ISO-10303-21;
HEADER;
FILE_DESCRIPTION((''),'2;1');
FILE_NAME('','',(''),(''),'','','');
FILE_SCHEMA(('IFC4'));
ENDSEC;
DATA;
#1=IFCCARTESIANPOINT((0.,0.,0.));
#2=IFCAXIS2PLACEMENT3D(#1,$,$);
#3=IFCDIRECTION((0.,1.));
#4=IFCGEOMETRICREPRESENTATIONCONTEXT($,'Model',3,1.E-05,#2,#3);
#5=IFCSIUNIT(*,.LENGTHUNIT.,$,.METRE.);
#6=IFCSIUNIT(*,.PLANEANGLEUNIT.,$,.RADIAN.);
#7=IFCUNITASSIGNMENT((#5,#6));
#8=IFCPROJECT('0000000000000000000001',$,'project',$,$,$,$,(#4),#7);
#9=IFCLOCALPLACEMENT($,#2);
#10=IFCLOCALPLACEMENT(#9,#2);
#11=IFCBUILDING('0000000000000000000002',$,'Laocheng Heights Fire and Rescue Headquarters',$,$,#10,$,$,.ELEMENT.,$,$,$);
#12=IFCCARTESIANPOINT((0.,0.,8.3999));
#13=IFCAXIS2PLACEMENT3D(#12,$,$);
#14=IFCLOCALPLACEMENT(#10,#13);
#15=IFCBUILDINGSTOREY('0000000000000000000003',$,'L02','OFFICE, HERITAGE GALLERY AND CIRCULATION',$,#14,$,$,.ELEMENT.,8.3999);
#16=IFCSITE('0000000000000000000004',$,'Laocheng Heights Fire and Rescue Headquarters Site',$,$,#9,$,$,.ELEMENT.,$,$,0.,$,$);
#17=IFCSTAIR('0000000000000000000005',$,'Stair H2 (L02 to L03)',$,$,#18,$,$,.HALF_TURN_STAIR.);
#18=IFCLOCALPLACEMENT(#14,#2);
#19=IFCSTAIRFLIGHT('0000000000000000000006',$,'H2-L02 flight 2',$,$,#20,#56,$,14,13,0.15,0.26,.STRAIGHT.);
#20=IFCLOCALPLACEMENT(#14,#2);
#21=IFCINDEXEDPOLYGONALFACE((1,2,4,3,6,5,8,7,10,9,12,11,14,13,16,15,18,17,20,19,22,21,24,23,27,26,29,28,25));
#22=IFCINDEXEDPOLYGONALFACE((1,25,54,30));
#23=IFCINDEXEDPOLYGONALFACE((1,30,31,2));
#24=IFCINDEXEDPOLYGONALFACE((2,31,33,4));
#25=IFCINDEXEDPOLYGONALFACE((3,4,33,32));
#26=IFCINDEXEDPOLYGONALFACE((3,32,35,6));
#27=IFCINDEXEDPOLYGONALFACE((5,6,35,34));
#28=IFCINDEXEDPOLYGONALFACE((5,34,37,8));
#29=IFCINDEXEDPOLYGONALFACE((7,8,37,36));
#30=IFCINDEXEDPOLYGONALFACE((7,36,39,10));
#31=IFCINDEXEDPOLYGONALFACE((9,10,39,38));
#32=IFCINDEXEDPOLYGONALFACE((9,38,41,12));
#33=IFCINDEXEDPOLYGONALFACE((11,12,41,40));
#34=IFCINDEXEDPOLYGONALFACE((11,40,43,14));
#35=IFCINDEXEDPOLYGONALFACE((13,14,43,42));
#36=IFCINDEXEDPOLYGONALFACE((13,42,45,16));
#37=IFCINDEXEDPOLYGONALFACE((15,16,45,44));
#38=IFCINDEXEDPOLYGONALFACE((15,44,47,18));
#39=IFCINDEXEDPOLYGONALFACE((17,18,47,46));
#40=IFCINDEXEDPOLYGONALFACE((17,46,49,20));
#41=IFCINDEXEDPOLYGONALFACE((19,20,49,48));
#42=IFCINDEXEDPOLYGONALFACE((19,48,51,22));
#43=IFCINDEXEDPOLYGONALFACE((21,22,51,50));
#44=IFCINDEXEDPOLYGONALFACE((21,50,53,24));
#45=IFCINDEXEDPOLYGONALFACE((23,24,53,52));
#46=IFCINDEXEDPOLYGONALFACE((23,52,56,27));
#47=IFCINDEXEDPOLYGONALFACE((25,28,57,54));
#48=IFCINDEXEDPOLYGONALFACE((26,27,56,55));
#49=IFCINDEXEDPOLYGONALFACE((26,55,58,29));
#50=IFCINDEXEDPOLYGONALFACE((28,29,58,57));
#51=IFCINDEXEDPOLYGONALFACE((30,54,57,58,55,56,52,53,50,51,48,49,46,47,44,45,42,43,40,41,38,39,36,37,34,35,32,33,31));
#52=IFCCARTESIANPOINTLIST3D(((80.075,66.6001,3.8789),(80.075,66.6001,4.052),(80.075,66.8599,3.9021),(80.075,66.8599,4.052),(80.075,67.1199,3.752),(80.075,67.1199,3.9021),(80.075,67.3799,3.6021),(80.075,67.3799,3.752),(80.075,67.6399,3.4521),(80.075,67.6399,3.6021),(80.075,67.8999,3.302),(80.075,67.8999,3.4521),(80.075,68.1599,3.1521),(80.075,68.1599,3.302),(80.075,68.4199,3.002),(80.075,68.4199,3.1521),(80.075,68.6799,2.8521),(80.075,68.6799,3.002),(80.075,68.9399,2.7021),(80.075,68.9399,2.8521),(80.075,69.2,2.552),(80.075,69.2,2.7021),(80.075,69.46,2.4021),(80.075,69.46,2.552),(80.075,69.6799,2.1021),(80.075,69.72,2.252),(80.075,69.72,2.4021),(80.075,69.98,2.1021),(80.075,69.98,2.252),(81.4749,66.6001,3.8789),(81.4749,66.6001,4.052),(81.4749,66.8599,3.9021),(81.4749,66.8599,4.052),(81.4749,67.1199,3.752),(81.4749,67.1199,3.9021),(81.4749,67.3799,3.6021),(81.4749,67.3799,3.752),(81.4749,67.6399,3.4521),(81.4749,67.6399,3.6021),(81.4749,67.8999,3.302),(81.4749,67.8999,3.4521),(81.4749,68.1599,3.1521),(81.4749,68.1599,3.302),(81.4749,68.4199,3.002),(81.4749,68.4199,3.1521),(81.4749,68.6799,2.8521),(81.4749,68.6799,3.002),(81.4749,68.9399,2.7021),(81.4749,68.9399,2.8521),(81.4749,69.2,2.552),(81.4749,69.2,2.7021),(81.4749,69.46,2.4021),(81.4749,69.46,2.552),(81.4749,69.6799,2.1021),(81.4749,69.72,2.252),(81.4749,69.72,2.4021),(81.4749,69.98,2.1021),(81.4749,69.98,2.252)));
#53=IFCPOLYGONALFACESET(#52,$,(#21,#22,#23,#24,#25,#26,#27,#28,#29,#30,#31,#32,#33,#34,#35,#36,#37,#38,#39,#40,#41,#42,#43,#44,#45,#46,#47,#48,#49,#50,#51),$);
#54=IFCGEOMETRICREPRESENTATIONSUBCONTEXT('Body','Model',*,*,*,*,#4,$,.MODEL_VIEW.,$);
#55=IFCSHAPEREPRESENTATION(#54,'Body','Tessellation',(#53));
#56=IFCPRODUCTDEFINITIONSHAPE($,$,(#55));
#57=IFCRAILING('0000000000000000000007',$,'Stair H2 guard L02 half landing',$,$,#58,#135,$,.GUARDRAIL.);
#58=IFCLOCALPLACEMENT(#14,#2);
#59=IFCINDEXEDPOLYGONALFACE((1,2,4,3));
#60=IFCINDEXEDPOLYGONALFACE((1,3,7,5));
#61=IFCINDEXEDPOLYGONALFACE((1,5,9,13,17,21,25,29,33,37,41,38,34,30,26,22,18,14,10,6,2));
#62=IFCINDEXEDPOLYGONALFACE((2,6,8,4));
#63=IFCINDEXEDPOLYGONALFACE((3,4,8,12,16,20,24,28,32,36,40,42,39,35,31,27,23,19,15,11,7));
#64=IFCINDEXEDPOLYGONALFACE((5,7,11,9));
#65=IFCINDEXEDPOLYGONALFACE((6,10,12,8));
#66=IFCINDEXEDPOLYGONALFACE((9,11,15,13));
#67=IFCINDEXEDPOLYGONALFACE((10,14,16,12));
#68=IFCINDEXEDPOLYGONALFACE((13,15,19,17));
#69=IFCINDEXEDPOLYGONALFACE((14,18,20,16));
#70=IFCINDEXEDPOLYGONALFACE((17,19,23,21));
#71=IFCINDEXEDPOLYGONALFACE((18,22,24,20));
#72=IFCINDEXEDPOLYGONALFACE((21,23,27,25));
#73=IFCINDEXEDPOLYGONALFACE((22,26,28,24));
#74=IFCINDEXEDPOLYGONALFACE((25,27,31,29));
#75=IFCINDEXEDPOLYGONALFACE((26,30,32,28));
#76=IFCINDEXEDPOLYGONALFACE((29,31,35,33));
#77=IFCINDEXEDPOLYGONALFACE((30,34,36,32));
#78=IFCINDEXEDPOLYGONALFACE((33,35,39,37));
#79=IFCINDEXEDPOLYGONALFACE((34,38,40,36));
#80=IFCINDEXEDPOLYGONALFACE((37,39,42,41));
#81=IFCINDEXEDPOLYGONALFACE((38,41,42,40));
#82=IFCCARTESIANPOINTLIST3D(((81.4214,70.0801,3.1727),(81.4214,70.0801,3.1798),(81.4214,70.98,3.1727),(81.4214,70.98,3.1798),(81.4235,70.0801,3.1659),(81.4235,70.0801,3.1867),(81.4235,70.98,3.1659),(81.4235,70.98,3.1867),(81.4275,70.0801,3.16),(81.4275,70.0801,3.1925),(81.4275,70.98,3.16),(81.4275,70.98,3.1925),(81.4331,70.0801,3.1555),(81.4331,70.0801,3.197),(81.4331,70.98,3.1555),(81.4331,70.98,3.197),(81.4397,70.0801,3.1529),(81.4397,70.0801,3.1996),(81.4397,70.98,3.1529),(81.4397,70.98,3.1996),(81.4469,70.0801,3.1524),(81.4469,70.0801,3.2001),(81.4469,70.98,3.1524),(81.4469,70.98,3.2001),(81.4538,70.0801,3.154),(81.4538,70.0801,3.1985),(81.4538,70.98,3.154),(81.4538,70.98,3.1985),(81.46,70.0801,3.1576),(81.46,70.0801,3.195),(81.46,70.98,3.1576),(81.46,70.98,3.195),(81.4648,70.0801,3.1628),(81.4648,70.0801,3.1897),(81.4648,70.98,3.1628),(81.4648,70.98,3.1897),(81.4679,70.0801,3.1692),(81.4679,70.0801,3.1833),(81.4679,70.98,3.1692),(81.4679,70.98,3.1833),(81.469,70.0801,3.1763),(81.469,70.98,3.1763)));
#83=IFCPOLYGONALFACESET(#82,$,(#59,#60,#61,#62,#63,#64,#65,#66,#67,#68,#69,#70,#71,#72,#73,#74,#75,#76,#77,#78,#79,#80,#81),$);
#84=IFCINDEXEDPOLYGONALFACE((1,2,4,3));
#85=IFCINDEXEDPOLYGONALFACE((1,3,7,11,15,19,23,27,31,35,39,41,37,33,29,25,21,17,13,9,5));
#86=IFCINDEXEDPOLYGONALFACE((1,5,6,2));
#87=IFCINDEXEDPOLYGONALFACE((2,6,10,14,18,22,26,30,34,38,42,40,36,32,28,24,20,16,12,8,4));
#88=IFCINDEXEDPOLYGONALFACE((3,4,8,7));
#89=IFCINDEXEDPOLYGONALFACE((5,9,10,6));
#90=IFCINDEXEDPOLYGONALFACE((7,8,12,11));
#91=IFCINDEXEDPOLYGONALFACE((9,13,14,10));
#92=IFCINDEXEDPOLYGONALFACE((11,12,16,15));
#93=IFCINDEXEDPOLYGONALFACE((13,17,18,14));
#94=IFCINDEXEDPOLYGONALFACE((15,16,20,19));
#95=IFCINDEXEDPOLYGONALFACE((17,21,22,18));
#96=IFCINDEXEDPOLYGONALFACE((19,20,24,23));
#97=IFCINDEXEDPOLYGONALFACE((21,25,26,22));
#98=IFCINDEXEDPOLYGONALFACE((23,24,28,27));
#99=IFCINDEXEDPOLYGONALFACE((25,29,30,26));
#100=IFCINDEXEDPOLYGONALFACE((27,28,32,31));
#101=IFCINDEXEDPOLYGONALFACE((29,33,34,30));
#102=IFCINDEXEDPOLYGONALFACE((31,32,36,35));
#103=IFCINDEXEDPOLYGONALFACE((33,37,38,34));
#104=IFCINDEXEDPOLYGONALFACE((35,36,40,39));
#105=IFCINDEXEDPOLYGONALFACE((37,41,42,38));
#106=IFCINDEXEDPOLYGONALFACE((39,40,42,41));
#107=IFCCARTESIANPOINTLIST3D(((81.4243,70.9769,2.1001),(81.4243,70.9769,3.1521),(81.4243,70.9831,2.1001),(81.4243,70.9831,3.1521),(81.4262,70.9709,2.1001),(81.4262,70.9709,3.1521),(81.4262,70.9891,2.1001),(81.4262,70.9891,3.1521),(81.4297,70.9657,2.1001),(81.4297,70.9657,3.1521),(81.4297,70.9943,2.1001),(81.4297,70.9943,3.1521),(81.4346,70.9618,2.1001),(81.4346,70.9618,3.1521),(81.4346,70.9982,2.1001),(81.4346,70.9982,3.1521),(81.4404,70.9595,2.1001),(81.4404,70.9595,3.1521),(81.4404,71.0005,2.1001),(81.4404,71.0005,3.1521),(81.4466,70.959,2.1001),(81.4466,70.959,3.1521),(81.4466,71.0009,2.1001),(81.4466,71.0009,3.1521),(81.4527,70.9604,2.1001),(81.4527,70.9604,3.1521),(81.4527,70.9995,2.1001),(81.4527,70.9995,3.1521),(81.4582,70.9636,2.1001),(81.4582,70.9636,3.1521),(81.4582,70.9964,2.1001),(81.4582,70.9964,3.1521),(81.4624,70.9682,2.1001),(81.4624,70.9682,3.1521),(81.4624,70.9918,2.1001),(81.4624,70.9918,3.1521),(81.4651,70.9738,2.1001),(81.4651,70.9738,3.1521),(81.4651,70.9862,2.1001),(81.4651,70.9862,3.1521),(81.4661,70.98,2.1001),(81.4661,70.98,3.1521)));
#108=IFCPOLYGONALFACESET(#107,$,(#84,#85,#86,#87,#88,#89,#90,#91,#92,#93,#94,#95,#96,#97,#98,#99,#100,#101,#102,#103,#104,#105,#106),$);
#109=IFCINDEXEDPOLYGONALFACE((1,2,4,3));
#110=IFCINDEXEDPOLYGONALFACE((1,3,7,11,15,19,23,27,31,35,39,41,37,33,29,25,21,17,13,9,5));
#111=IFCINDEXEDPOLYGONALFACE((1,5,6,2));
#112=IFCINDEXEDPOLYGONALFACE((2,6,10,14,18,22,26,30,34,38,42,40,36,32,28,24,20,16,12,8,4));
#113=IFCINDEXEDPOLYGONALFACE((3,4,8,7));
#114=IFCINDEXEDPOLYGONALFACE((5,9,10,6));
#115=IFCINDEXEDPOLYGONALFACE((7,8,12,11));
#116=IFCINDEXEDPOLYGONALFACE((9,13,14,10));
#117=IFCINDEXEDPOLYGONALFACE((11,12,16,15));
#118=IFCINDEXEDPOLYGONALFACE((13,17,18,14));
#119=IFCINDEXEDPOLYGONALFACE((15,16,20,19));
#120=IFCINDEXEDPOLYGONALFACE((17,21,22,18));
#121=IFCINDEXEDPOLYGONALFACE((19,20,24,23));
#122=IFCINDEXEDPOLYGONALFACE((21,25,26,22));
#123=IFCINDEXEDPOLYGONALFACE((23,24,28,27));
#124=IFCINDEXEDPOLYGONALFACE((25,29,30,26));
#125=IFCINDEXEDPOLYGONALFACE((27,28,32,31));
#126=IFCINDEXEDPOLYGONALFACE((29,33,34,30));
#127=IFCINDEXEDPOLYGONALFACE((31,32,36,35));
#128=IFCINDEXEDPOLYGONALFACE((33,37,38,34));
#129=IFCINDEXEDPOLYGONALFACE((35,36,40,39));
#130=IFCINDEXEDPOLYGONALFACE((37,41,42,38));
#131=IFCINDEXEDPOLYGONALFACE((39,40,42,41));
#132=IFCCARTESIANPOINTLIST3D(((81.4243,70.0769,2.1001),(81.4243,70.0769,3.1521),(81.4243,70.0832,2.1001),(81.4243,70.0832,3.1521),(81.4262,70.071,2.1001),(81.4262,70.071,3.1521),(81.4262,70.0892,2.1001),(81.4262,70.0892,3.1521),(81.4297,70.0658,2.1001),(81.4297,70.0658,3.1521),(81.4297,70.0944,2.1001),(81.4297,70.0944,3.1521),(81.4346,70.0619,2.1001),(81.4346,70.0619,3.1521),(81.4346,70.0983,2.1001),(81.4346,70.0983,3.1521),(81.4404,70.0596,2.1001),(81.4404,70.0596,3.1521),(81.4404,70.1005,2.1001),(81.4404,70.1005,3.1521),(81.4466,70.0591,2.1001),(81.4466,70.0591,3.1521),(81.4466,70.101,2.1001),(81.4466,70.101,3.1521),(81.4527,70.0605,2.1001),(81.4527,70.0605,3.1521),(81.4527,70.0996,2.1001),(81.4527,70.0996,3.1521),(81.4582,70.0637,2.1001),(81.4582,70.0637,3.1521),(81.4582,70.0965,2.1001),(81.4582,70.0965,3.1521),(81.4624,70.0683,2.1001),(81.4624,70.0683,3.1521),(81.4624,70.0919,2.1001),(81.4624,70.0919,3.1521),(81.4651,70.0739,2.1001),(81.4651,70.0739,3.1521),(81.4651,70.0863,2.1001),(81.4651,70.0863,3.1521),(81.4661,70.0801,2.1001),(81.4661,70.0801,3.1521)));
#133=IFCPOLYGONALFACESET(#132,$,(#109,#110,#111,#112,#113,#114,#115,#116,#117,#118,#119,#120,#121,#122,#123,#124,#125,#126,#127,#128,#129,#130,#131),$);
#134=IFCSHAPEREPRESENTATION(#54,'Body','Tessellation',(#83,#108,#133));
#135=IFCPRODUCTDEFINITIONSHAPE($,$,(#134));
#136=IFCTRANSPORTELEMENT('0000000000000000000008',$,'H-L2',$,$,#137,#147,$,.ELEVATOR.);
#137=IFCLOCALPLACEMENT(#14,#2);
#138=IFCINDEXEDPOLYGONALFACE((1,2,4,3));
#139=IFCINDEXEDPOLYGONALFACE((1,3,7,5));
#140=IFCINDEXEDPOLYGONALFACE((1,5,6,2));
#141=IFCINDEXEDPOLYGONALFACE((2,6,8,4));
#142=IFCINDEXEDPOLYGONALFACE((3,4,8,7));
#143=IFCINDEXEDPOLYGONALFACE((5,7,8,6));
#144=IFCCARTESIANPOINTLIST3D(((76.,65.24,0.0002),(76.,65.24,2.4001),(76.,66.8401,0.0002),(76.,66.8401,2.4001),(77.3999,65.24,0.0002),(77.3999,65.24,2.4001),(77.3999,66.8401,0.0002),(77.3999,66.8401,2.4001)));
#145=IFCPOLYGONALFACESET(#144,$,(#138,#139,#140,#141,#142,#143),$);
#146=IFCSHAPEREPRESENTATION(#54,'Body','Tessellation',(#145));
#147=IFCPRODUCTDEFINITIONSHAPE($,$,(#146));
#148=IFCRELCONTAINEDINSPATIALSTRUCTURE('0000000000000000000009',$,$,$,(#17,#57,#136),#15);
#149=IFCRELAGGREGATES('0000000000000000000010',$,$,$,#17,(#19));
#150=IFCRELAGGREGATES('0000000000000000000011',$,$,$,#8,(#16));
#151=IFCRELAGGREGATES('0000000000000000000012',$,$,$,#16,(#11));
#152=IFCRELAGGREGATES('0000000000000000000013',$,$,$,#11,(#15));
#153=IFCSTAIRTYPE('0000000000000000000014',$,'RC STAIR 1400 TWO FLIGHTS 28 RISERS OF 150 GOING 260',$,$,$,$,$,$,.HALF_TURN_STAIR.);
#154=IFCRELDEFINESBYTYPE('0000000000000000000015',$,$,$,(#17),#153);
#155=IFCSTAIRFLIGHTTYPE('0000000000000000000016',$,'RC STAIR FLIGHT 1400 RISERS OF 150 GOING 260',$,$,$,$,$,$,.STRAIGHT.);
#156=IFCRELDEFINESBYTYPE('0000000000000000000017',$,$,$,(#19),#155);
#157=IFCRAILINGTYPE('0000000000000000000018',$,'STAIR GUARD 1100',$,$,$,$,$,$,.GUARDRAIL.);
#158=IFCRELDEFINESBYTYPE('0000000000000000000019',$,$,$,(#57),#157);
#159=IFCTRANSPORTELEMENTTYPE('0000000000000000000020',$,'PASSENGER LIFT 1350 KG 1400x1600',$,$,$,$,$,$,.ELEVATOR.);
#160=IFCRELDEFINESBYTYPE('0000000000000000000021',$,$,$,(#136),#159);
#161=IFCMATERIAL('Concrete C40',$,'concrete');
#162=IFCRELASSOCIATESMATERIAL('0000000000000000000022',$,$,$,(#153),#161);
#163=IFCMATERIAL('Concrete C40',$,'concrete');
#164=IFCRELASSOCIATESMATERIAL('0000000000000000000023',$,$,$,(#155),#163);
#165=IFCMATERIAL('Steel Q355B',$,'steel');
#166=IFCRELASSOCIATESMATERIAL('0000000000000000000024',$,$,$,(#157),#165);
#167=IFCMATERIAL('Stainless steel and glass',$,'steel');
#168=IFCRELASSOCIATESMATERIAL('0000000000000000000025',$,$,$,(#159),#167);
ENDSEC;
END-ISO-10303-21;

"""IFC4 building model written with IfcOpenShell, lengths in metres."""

from ifc_helpers import new_model, si_unit, direction, frame, origin, origin_2d, place, context, subcontext, project, spatial, polyline, rectangle, circle, outline, extrude, material, type_object, element, aggregate, save


model = new_model("IFC4")

# Units and contexts
model_context = context("Model", 3, precision=1e-05, world=origin(), true_north=direction((0.0, 1.0)))
body_context = subcontext(model_context, "Body", "Model", "MODEL_VIEW")
ifc_project = project(units=[si_unit("LENGTHUNIT", "METRE"), si_unit("PLANEANGLEUNIT", "RADIAN")], contexts=[model_context])

# Site, building, storey
site_placement = place(None, origin())
site = spatial("IfcSite", under=ifc_project, at=site_placement, Name="Laocheng Heights Fire and Rescue Headquarters Site", CompositionType="ELEMENT", RefElevation=0.0)
building_placement = place(site_placement, origin())
building = spatial("IfcBuilding", under=site, at=building_placement, Name="Laocheng Heights Fire and Rescue Headquarters", CompositionType="ELEMENT")
storey_placement = place(building_placement, frame((0.0, 0.0, 8.3999)))
storey = spatial("IfcBuildingStorey", under=building, at=storey_placement, Name="L02", Description="OFFICE, HERITAGE GALLERY AND CIRCULATION", CompositionType="ELEMENT", Elevation=8.3999)

# Stair, stair flight
ifc_material_1 = material(Name="Concrete C40", Category="concrete")
stair_type = type_object("IfcStairType", Name="RC STAIR 1400 TWO FLIGHTS 28 RISERS OF 150 GOING 260", PredefinedType="HALF_TURN_STAIR", material=ifc_material_1)
stair_placement = place(storey_placement, origin())
stair = element("IfcStair", 1, at=stair_placement, inside=storey, type_object=stair_type, Name="Stair H2 (L02 to L03)", PredefinedType="HALF_TURN_STAIR")
ifc_material_2 = material(Name="Concrete C40", Category="concrete")
stair_flight_type = type_object("IfcStairFlightType", Name="RC STAIR FLIGHT 1400 RISERS OF 150 GOING 260", PredefinedType="STRAIGHT", material=ifc_material_2)
stair_flight_1_placement = place(storey_placement, frame((80.7749, 69.98, 2.1021), z_axis=(0.0, 0.0, 1.0), x_axis=(0.0, -1.0, 0.0)))
stair_flight_1 = element("IfcStairFlight", 2, at=stair_flight_1_placement, type_object=stair_flight_type, Name="H2-L02 flight 2", NumberOfRisers=14, NumberOfTreads=13, PredefinedType="STRAIGHT", RiserHeight=0.15, TreadLength=0.26, context=body_context, shape_type="SweptSolid", body=[
    extrude(outline(polyline([(0.0, 0.0), (0.0, 0.1499), (0.26, 0.1499), (0.26, 0.3), (0.52, 0.3), (0.52, 0.45), (0.78, 0.45), (0.78, 0.6001), (1.04, 0.6001), (1.04, 0.75), (1.3, 0.75), (1.3, 0.8999), (1.5601, 0.8999), (1.5601, 1.05), (1.8201, 1.05), (1.8201, 1.2), (2.0801, 1.2), (2.0801, 1.3501), (2.3401, 1.3501), (2.3401, 1.5), (2.6001, 1.5), (2.6001, 1.6499), (2.8601, 1.6499), (2.8601, 1.8), (3.1201, 1.8), (3.1201, 1.95), (3.3799, 1.95), (3.3799, 2.1001), (3.3799, 1.7769), (0.3, 0.0), (0.0, 0.0)])), frame((0.0, 0.7, 0.0), z_axis=(0.0, -1.0, 0.0), x_axis=(1.0, 0.0, 0.0)), (0.0, 0.0, 1.0), 1.3999),
])
aggregate(stair, [stair_flight_1])

# Railing
ifc_material_3 = material(Name="Steel Q355B", Category="steel")
railing_type_1 = type_object("IfcRailingType", Name="STAIR GUARD 1100", PredefinedType="GUARDRAIL", material=ifc_material_3)
railing_1_placement = place(storey_placement, frame((81.4451, 70.98, 2.1001)))
element("IfcRailing", 3, at=railing_1_placement, inside=storey, type_object=railing_type_1, Name="Stair H2 guard L02 half landing", PredefinedType="GUARDRAIL", context=body_context, shape_type="SweptSolid", body=[
    extrude(circle(Radius=0.0239, at=origin_2d()), frame((0.0, 0.0, 1.0762), z_axis=(0.0, -1.0, 0.0), x_axis=(1.0, 0.0, 0.0)), (0.0, 0.0, 1.0), 0.8999),
    extrude(circle(Radius=0.021, at=origin_2d()), origin(), (0.0, 0.0, 1.0), 1.052),
    extrude(circle(Radius=0.021, at=origin_2d()), frame((0.0, -0.8999, 0.0)), (0.0, 0.0, 1.0), 1.052),
])

# Transport element
ifc_material_4 = material(Name="Stainless steel and glass", Category="steel")
transport_element_type = type_object("IfcTransportElementType", Name="PASSENGER LIFT 1350 KG 1400x1600", PredefinedType="ELEVATOR", material=ifc_material_4)
transport_element_placement = place(storey_placement, frame((76.7, 66.04, 0.0002), z_axis=(0.0, 0.0, 1.0), x_axis=(1.0, 0.0, 0.0)))
element("IfcTransportElement", 4, at=transport_element_placement, inside=storey, type_object=transport_element_type, Name="H-L2", PredefinedType="ELEVATOR", context=body_context, shape_type="SweptSolid", body=[
    extrude(rectangle(XDim=1.3999, YDim=1.6001, at=origin_2d()), origin(), (0.0, 0.0, 1.0), 2.3999),
])

save(model, "model.ifc")
